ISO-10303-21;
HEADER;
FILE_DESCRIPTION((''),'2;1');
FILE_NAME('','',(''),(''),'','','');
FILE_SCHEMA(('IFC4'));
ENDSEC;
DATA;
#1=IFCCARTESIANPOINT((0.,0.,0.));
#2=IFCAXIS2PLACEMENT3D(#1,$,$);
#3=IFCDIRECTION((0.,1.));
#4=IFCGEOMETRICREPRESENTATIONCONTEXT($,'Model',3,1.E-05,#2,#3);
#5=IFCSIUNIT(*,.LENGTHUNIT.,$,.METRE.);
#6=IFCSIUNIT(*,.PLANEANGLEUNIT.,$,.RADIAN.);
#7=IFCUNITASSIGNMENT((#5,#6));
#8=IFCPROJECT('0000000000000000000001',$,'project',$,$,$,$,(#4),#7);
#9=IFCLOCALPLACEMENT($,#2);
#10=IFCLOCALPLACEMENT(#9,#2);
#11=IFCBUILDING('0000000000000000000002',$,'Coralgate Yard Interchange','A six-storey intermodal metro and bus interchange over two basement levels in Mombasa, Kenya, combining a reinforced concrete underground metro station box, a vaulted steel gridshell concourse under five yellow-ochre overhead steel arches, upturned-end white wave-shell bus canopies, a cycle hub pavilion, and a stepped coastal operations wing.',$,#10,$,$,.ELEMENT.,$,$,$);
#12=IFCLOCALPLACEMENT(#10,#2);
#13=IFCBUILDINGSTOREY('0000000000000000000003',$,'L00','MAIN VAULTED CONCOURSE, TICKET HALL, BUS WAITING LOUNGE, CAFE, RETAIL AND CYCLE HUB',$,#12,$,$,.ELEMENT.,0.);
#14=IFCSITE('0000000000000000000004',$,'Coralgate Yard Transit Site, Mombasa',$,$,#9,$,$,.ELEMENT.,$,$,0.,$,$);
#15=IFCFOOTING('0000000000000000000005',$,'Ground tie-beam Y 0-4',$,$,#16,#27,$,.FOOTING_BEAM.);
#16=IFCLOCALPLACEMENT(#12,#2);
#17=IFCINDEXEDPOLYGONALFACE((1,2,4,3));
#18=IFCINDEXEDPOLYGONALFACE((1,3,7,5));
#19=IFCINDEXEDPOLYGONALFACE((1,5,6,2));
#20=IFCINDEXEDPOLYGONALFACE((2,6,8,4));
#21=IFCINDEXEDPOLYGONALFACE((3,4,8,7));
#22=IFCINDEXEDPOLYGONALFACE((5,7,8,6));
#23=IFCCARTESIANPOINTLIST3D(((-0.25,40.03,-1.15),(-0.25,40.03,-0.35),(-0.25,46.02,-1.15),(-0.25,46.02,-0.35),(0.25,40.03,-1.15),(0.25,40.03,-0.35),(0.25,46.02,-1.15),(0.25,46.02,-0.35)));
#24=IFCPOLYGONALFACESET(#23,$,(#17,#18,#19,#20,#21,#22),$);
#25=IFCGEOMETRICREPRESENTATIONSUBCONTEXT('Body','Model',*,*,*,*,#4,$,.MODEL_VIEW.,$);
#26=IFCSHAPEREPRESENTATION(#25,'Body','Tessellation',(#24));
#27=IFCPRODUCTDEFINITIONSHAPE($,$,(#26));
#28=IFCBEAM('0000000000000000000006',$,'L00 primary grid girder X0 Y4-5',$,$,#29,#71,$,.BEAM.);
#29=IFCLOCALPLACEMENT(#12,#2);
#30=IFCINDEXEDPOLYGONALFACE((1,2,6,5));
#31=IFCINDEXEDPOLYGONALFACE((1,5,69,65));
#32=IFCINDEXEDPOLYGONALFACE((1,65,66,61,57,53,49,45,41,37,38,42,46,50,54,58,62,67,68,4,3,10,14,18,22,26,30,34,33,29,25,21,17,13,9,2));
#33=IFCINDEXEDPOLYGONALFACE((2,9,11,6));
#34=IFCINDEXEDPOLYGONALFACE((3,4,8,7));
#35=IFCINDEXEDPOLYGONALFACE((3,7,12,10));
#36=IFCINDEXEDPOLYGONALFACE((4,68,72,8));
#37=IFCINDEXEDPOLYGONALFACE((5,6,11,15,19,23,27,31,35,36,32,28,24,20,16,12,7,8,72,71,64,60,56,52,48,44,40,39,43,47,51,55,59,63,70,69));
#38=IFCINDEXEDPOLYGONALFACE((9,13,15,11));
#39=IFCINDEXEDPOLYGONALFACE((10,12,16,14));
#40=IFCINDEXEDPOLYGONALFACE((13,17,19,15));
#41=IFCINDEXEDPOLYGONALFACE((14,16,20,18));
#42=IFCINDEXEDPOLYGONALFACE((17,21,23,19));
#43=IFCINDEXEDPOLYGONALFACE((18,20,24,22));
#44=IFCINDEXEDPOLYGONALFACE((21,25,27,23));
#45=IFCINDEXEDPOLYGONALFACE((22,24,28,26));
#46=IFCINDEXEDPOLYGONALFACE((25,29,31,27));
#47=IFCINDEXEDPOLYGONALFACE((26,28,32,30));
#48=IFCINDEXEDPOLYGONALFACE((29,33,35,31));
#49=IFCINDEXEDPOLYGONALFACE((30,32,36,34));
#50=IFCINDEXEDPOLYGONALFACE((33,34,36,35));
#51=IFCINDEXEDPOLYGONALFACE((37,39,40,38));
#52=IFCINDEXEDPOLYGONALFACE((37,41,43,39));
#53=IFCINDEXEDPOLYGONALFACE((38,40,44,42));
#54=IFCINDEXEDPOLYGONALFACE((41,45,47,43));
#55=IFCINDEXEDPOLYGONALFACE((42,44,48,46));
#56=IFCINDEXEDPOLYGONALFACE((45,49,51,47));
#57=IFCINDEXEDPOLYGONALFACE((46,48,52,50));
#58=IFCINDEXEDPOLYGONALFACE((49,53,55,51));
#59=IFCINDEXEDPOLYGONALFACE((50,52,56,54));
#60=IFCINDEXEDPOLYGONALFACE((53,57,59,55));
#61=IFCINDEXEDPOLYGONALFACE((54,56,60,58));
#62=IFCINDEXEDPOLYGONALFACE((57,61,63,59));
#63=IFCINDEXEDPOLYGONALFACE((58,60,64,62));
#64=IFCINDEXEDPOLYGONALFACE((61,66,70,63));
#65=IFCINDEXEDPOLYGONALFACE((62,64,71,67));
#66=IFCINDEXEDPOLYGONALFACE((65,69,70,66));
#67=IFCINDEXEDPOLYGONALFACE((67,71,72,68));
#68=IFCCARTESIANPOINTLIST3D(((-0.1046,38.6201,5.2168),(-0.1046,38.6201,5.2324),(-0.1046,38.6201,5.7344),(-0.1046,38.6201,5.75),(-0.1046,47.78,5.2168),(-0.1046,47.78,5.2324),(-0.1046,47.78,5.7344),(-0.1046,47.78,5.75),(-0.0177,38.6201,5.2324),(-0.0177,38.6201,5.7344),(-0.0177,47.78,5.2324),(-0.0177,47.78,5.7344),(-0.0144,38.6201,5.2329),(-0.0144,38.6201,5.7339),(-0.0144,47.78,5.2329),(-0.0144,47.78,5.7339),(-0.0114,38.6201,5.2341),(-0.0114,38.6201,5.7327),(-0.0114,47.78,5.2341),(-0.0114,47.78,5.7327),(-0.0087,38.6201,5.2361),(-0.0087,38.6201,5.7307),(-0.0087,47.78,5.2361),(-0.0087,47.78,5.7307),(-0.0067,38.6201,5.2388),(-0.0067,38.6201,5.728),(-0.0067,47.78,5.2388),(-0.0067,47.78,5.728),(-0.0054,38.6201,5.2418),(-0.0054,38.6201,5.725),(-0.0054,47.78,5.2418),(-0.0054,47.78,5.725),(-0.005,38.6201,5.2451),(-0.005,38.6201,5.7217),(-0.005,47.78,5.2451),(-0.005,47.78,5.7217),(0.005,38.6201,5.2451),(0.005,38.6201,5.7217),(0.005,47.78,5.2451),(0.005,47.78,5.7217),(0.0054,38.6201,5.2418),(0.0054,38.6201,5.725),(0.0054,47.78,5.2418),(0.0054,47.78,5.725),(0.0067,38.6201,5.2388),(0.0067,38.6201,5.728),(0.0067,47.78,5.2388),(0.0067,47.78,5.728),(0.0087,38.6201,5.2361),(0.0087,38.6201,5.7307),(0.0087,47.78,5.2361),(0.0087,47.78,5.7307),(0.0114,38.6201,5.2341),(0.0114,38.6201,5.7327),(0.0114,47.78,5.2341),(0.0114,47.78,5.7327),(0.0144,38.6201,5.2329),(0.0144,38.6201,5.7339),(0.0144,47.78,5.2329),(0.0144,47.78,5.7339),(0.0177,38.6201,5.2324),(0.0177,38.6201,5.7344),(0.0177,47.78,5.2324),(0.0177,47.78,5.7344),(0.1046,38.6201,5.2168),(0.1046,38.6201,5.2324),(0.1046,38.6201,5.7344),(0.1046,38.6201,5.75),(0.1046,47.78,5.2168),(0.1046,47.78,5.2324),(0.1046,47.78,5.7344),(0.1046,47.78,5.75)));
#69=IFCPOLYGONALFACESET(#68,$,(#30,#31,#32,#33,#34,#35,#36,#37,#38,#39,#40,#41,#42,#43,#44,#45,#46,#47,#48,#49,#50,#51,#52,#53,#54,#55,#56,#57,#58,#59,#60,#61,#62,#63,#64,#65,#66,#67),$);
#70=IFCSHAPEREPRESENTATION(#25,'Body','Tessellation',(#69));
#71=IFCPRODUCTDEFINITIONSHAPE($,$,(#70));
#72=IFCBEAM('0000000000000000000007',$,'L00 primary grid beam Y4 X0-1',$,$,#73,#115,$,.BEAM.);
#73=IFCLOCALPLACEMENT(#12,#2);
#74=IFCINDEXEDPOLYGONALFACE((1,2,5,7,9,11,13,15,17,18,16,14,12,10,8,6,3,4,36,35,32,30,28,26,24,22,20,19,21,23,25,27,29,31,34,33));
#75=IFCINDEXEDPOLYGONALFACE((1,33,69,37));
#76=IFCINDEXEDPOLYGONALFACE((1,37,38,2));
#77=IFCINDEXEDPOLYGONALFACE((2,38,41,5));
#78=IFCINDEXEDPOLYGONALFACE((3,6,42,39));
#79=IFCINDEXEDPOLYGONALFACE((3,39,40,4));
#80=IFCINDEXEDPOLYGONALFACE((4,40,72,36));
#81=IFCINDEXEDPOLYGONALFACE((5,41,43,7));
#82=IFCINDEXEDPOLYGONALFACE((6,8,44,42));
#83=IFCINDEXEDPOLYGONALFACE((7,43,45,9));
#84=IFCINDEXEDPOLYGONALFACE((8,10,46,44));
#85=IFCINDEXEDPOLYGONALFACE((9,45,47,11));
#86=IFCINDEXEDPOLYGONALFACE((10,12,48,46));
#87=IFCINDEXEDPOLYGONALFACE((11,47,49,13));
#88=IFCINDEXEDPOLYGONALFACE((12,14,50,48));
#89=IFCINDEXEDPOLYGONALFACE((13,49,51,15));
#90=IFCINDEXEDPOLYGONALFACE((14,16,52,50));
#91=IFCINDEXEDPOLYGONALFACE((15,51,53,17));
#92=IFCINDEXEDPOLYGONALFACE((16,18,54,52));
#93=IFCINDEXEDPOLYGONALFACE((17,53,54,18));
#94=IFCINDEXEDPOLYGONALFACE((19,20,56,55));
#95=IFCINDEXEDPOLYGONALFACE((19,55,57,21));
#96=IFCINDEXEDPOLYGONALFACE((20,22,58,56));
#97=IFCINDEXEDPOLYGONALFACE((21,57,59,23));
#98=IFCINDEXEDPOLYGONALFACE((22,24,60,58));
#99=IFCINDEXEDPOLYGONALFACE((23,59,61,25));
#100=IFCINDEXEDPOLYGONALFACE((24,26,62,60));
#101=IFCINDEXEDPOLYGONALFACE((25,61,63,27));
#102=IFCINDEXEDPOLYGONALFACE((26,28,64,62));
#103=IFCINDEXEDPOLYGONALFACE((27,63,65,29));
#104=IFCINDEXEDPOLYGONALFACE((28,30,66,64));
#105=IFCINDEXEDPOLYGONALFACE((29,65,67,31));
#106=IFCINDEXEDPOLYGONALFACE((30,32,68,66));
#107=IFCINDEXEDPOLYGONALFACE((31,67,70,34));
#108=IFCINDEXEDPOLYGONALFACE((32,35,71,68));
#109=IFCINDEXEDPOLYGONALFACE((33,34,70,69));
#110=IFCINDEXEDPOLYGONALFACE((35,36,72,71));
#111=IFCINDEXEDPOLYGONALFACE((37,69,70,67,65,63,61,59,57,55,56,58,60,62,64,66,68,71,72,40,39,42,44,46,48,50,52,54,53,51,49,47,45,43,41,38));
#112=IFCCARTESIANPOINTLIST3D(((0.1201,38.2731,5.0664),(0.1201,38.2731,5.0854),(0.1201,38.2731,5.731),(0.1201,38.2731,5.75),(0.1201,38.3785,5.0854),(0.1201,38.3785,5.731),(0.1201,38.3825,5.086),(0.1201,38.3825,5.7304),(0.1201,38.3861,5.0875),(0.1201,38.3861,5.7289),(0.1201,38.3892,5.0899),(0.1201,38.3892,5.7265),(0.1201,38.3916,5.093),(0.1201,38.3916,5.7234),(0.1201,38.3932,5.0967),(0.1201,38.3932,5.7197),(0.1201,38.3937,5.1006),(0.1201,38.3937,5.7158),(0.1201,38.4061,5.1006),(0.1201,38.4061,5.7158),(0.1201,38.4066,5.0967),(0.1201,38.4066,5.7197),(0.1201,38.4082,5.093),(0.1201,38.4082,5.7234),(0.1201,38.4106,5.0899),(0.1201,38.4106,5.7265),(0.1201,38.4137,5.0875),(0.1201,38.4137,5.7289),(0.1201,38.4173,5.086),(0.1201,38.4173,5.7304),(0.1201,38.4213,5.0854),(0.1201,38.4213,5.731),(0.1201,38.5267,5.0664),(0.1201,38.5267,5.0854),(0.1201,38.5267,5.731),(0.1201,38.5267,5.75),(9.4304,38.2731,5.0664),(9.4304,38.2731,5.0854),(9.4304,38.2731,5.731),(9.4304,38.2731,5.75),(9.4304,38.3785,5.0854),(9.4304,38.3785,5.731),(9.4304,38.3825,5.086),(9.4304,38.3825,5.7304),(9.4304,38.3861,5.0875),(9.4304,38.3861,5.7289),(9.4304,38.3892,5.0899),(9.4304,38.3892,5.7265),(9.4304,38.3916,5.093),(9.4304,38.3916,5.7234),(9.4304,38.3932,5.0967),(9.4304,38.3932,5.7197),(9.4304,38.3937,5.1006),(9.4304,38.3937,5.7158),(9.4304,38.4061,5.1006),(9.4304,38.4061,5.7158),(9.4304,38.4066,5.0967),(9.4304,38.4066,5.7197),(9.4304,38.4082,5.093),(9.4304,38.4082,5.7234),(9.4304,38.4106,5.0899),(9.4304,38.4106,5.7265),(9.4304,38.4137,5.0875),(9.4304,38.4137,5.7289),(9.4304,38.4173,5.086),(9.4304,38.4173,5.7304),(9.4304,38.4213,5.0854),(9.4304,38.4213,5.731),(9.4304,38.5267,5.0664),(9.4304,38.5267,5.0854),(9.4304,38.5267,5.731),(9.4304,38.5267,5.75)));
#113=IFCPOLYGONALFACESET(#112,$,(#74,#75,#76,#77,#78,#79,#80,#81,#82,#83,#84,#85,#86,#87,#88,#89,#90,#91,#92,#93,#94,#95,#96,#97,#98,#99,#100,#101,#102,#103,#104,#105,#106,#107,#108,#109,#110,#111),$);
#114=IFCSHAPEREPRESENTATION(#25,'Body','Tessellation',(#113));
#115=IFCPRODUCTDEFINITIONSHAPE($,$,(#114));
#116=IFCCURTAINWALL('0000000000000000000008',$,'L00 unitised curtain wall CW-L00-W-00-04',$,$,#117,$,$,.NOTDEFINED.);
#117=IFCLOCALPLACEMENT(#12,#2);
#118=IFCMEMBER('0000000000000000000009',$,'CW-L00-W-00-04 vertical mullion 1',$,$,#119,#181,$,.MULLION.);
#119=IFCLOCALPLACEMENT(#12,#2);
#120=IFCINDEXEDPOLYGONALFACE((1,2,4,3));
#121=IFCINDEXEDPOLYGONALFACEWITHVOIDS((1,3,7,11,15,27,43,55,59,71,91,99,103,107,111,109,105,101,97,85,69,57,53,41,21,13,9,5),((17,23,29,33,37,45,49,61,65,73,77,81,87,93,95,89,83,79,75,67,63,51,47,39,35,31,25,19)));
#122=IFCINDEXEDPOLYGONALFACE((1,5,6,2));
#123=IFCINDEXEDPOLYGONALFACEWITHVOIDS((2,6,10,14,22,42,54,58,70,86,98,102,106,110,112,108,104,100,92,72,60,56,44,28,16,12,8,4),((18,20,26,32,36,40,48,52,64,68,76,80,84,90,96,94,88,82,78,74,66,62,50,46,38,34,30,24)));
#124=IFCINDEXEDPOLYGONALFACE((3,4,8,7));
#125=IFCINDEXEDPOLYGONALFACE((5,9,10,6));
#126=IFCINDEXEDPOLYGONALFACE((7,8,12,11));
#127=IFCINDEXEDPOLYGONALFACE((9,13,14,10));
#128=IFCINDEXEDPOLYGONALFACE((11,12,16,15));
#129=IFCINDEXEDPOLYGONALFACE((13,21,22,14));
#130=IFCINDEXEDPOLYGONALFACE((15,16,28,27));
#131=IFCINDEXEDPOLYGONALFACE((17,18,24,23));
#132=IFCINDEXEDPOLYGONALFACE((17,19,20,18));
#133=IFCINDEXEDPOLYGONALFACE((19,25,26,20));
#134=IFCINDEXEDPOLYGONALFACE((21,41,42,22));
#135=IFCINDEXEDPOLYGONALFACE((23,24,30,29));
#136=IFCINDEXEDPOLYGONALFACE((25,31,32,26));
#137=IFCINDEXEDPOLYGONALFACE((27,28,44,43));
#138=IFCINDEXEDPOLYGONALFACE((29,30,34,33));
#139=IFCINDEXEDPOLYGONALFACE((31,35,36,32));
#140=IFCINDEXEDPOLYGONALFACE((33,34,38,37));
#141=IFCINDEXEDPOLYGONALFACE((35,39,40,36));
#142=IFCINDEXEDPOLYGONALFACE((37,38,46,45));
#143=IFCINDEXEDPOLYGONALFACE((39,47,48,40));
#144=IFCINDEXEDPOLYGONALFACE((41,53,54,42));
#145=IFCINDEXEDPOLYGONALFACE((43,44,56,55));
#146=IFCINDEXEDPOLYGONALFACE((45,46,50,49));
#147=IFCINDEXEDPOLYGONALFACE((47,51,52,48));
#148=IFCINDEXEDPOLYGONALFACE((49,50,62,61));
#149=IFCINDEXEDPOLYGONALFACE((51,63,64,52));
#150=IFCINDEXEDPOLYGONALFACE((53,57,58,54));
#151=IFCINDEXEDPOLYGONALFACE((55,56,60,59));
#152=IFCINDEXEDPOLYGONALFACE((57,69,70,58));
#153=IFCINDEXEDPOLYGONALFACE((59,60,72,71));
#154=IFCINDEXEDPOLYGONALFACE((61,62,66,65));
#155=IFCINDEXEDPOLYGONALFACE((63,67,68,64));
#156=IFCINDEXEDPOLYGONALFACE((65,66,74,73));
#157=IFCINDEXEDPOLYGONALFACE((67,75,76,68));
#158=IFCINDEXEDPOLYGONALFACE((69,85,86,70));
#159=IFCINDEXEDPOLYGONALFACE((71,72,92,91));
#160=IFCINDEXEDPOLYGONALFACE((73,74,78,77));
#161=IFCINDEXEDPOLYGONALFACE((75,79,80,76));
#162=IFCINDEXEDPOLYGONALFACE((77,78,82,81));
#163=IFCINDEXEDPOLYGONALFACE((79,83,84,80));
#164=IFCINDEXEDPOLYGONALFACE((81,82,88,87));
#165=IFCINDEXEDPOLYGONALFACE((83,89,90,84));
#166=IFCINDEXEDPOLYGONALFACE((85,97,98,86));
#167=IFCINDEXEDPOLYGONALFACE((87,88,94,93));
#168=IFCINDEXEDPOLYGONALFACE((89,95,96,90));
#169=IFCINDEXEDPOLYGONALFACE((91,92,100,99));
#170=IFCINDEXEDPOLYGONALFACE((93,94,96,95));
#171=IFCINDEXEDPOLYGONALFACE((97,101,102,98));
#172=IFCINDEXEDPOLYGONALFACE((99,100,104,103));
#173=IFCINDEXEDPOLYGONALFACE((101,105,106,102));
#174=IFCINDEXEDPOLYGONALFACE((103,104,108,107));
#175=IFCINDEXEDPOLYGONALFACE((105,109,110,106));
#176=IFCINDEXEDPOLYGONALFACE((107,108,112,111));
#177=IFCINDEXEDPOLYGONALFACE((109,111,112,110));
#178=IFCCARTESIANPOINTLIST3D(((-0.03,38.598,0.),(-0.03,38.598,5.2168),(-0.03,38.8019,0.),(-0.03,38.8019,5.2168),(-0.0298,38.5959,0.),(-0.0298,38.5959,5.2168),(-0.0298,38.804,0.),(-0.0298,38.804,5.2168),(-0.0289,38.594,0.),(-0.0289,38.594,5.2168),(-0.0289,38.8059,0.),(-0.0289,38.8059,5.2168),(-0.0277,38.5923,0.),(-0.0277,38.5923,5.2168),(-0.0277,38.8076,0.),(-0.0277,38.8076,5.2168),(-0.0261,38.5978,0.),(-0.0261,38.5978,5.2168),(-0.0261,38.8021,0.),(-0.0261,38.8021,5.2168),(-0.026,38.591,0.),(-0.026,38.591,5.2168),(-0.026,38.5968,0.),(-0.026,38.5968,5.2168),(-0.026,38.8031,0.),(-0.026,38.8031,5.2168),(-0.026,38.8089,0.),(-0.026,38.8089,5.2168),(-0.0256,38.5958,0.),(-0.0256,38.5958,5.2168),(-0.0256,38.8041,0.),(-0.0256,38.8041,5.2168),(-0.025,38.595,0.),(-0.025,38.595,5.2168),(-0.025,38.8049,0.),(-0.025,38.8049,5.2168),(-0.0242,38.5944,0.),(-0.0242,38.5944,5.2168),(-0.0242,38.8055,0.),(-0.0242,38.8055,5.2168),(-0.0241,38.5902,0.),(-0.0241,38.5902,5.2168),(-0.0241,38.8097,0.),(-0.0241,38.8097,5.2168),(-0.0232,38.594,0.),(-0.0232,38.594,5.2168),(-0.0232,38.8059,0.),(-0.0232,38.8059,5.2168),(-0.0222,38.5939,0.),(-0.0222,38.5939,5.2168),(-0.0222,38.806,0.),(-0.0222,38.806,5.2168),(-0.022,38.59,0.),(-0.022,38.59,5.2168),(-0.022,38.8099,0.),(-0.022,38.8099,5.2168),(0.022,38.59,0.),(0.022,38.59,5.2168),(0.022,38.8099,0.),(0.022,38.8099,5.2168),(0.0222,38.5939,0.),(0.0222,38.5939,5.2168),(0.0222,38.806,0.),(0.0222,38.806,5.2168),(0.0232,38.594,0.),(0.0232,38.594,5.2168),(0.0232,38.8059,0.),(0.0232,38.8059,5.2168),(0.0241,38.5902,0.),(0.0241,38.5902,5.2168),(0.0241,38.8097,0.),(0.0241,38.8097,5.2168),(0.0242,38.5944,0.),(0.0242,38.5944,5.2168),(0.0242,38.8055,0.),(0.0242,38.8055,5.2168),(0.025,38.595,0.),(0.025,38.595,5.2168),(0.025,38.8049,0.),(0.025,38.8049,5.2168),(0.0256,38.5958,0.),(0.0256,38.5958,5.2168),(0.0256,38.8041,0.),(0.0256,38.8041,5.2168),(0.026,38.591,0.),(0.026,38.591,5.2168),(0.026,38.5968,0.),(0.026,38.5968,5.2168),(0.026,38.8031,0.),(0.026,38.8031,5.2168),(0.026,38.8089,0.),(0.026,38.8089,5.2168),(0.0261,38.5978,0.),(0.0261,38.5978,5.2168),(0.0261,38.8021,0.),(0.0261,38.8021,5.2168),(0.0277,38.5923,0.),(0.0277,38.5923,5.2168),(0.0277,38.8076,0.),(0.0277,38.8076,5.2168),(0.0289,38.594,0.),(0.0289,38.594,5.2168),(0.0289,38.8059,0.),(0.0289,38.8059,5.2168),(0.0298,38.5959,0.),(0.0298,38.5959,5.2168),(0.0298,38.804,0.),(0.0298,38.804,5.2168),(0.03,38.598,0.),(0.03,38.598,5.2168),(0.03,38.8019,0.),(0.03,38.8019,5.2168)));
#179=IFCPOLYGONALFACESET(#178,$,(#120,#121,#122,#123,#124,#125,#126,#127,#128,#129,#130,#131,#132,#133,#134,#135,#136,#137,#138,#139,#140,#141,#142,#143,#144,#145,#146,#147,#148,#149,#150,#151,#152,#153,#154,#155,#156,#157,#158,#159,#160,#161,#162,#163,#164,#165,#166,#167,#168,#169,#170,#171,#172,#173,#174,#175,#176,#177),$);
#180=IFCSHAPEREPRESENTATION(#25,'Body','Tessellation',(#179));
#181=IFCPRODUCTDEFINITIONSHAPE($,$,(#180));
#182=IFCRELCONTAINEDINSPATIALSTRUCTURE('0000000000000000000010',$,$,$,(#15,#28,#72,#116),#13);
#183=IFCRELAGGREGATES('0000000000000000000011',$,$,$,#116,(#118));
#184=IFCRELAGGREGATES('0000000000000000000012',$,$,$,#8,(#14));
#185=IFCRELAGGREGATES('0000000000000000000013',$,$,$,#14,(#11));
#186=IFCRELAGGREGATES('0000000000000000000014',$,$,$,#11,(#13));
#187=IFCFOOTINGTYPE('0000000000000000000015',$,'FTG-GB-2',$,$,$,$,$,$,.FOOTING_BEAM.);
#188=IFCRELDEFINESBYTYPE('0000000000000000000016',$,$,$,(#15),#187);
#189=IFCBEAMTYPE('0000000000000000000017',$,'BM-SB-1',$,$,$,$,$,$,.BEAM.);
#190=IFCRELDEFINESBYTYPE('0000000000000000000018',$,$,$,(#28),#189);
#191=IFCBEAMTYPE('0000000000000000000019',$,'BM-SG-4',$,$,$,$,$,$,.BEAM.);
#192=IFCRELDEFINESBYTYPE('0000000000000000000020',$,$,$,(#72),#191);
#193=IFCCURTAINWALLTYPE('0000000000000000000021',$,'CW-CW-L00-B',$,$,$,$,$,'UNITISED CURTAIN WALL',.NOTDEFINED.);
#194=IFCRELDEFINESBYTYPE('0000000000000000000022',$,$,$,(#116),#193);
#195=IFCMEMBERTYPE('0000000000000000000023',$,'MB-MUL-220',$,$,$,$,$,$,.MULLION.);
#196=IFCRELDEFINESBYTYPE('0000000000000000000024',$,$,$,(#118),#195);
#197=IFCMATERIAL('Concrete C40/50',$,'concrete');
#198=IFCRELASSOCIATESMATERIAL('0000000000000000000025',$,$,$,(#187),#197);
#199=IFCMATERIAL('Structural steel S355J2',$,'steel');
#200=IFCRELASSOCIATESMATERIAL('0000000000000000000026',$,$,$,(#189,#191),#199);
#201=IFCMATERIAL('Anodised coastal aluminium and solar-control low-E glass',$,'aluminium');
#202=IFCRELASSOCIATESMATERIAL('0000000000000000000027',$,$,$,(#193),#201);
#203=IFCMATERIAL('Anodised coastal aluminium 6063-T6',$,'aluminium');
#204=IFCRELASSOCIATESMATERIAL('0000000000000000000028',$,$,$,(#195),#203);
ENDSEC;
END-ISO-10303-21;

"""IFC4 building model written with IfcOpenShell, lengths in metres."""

from ifc_helpers import new_model, si_unit, direction, frame, origin, origin_2d, place, context, subcontext, project, spatial, rectangle, hollow_rectangle, i_section, extrude, material, material_profile, profile_set, type_object, element, aggregate, save


model = new_model("IFC4")

# Units and contexts
model_context = context("Model", 3, precision=1e-05, world=origin(), true_north=direction((0.0, 1.0)))
body_context = subcontext(model_context, "Body", "Model", "MODEL_VIEW")
ifc_project = project(units=[si_unit("LENGTHUNIT", "METRE"), si_unit("PLANEANGLEUNIT", "RADIAN")], contexts=[model_context])

# Site, building, storey
site_placement = place(None, origin())
site = spatial("IfcSite", under=ifc_project, at=site_placement, Name="Coralgate Yard Transit Site, Mombasa", CompositionType="ELEMENT", RefElevation=0.0)
building_placement = place(site_placement, origin())
building = spatial("IfcBuilding", under=site, at=building_placement, Name="Coralgate Yard Interchange", Description="A six-storey intermodal metro and bus interchange over two basement levels in Mombasa, Kenya, combining a reinforced concrete underground metro station box, a vaulted steel gridshell concourse under five yellow-ochre overhead steel arches, upturned-end white wave-shell bus canopies, a cycle hub pavilion, and a stepped coastal operations wing.", CompositionType="ELEMENT")
storey_placement = place(building_placement, origin())
storey = spatial("IfcBuildingStorey", under=building, at=storey_placement, Name="L00", Description="MAIN VAULTED CONCOURSE, TICKET HALL, BUS WAITING LOUNGE, CAFE, RETAIL AND CYCLE HUB", CompositionType="ELEMENT", Elevation=0.0)

# Footing
ifc_material_1 = material(Name="Concrete C40/50", Category="concrete")
ifc_material_profile_1 = material_profile(ifc_material_1, rectangle(XDim=0.5, YDim=0.8, at=origin_2d()), Name="RC 500x800")
ifc_profile_set_1 = profile_set([ifc_material_profile_1], Name="Concrete C40/50")
footing_type = type_object("IfcFootingType", Name="FTG-GB-2", PredefinedType="FOOTING_BEAM", material=ifc_profile_set_1)
footing_placement = place(storey_placement, frame((0.0, 40.03, -0.75), z_axis=(0.0, 1.0, 0.0), x_axis=(-1.0, 0.0, 0.0)))
element("IfcFooting", 1, at=footing_placement, inside=storey, type_object=footing_type, Name="Ground tie-beam Y 0-4", PredefinedType="FOOTING_BEAM", context=body_context, shape_type="SweptSolid", body=[
    extrude(rectangle(XDim=0.5, YDim=0.8, at=origin_2d()), origin(), (0.0, 0.0, 1.0), 5.99),
])

# Beams
ifc_material_2 = material(Name="Structural steel S355J2", Category="steel")
ifc_material_profile_2 = material_profile(ifc_material_2, i_section(OverallWidth=0.2092, OverallDepth=0.5332, WebThickness=0.01, FlangeThickness=0.0156, FilletRadius=0.0127, at=origin_2d()), Name="UB 533x210x92")
ifc_profile_set_2 = profile_set([ifc_material_profile_2], Name="Structural steel S355J2")
beam_type_1 = type_object("IfcBeamType", Name="BM-SB-1", PredefinedType="BEAM", material=ifc_profile_set_2)
beam_1_placement = place(storey_placement, frame((0.0, 38.6201, 5.4834), z_axis=(0.0, 1.0, 0.0), x_axis=(-1.0, 0.0, 0.0)))
element("IfcBeam", 2, at=beam_1_placement, inside=storey, type_object=beam_type_1, Name="L00 primary grid girder X0 Y4-5", PredefinedType="BEAM", context=body_context, shape_type="SweptSolid", body=[
    extrude(i_section(OverallWidth=0.2092, OverallDepth=0.5332, WebThickness=0.01, FlangeThickness=0.0156, FilletRadius=0.0127, at=origin_2d()), origin(), (0.0, 0.0, 1.0), 9.1599),
])
ifc_material_profile_3 = material_profile(ifc_material_2, i_section(OverallWidth=0.2537, OverallDepth=0.6836, WebThickness=0.0125, FlangeThickness=0.019, FilletRadius=0.0151, at=origin_2d()), Name="UB 686x254x140")
ifc_profile_set_3 = profile_set([ifc_material_profile_3], Name="Structural steel S355J2")
beam_type_2 = type_object("IfcBeamType", Name="BM-SG-4", PredefinedType="BEAM", material=ifc_profile_set_3)
beam_2_placement = place(storey_placement, frame((0.1201, 38.3999, 5.4082), z_axis=(1.0, 0.0, 0.0), x_axis=(0.0, 1.0, 0.0)))
element("IfcBeam", 3, at=beam_2_placement, inside=storey, type_object=beam_type_2, Name="L00 primary grid beam Y4 X0-1", PredefinedType="BEAM", context=body_context, shape_type="SweptSolid", body=[
    extrude(i_section(OverallWidth=0.2537, OverallDepth=0.6836, WebThickness=0.0125, FlangeThickness=0.019, FilletRadius=0.0151, at=origin_2d()), origin(), (0.0, 0.0, 1.0), 9.3103),
])

# Curtain wall, member
ifc_material_3 = material(Name="Anodised coastal aluminium and solar-control low-E glass", Category="aluminium")
curtain_wall_type = type_object("IfcCurtainWallType", Name="CW-CW-L00-B", ElementType="UNITISED CURTAIN WALL", PredefinedType="NOTDEFINED", material=ifc_material_3)
curtain_wall_placement = place(storey_placement, origin())
curtain_wall = element("IfcCurtainWall", 4, at=curtain_wall_placement, inside=storey, type_object=curtain_wall_type, Name="L00 unitised curtain wall CW-L00-W-00-04", PredefinedType="NOTDEFINED")
ifc_material_4 = material(Name="Anodised coastal aluminium 6063-T6", Category="aluminium")
ifc_material_profile_4 = material_profile(ifc_material_4, hollow_rectangle(XDim=0.0601, YDim=0.22, WallThickness=0.0039, InnerFilletRadius=0.0039, OuterFilletRadius=0.0081, at=origin_2d()), Name="ALU 60x220x4")
ifc_profile_set_4 = profile_set([ifc_material_profile_4], Name="Anodised coastal aluminium 6063-T6")
member_type_1 = type_object("IfcMemberType", Name="MB-MUL-220", PredefinedType="MULLION", material=ifc_profile_set_4)
member_1_placement = place(storey_placement, frame((0.0, 38.7, 0.0), z_axis=(0.0, 0.0, 1.0), x_axis=(1.0, 0.0, 0.0)))
member_1 = element("IfcMember", 5, at=member_1_placement, type_object=member_type_1, Name="CW-L00-W-00-04 vertical mullion 1", PredefinedType="MULLION", context=body_context, shape_type="SweptSolid", body=[
    extrude(hollow_rectangle(XDim=0.0601, YDim=0.22, WallThickness=0.0039, InnerFilletRadius=0.0039, OuterFilletRadius=0.0081, at=origin_2d()), origin(), (0.0, 0.0, 1.0), 5.2168),
])
aggregate(curtain_wall, [member_1])

save(model, "model.ifc")
